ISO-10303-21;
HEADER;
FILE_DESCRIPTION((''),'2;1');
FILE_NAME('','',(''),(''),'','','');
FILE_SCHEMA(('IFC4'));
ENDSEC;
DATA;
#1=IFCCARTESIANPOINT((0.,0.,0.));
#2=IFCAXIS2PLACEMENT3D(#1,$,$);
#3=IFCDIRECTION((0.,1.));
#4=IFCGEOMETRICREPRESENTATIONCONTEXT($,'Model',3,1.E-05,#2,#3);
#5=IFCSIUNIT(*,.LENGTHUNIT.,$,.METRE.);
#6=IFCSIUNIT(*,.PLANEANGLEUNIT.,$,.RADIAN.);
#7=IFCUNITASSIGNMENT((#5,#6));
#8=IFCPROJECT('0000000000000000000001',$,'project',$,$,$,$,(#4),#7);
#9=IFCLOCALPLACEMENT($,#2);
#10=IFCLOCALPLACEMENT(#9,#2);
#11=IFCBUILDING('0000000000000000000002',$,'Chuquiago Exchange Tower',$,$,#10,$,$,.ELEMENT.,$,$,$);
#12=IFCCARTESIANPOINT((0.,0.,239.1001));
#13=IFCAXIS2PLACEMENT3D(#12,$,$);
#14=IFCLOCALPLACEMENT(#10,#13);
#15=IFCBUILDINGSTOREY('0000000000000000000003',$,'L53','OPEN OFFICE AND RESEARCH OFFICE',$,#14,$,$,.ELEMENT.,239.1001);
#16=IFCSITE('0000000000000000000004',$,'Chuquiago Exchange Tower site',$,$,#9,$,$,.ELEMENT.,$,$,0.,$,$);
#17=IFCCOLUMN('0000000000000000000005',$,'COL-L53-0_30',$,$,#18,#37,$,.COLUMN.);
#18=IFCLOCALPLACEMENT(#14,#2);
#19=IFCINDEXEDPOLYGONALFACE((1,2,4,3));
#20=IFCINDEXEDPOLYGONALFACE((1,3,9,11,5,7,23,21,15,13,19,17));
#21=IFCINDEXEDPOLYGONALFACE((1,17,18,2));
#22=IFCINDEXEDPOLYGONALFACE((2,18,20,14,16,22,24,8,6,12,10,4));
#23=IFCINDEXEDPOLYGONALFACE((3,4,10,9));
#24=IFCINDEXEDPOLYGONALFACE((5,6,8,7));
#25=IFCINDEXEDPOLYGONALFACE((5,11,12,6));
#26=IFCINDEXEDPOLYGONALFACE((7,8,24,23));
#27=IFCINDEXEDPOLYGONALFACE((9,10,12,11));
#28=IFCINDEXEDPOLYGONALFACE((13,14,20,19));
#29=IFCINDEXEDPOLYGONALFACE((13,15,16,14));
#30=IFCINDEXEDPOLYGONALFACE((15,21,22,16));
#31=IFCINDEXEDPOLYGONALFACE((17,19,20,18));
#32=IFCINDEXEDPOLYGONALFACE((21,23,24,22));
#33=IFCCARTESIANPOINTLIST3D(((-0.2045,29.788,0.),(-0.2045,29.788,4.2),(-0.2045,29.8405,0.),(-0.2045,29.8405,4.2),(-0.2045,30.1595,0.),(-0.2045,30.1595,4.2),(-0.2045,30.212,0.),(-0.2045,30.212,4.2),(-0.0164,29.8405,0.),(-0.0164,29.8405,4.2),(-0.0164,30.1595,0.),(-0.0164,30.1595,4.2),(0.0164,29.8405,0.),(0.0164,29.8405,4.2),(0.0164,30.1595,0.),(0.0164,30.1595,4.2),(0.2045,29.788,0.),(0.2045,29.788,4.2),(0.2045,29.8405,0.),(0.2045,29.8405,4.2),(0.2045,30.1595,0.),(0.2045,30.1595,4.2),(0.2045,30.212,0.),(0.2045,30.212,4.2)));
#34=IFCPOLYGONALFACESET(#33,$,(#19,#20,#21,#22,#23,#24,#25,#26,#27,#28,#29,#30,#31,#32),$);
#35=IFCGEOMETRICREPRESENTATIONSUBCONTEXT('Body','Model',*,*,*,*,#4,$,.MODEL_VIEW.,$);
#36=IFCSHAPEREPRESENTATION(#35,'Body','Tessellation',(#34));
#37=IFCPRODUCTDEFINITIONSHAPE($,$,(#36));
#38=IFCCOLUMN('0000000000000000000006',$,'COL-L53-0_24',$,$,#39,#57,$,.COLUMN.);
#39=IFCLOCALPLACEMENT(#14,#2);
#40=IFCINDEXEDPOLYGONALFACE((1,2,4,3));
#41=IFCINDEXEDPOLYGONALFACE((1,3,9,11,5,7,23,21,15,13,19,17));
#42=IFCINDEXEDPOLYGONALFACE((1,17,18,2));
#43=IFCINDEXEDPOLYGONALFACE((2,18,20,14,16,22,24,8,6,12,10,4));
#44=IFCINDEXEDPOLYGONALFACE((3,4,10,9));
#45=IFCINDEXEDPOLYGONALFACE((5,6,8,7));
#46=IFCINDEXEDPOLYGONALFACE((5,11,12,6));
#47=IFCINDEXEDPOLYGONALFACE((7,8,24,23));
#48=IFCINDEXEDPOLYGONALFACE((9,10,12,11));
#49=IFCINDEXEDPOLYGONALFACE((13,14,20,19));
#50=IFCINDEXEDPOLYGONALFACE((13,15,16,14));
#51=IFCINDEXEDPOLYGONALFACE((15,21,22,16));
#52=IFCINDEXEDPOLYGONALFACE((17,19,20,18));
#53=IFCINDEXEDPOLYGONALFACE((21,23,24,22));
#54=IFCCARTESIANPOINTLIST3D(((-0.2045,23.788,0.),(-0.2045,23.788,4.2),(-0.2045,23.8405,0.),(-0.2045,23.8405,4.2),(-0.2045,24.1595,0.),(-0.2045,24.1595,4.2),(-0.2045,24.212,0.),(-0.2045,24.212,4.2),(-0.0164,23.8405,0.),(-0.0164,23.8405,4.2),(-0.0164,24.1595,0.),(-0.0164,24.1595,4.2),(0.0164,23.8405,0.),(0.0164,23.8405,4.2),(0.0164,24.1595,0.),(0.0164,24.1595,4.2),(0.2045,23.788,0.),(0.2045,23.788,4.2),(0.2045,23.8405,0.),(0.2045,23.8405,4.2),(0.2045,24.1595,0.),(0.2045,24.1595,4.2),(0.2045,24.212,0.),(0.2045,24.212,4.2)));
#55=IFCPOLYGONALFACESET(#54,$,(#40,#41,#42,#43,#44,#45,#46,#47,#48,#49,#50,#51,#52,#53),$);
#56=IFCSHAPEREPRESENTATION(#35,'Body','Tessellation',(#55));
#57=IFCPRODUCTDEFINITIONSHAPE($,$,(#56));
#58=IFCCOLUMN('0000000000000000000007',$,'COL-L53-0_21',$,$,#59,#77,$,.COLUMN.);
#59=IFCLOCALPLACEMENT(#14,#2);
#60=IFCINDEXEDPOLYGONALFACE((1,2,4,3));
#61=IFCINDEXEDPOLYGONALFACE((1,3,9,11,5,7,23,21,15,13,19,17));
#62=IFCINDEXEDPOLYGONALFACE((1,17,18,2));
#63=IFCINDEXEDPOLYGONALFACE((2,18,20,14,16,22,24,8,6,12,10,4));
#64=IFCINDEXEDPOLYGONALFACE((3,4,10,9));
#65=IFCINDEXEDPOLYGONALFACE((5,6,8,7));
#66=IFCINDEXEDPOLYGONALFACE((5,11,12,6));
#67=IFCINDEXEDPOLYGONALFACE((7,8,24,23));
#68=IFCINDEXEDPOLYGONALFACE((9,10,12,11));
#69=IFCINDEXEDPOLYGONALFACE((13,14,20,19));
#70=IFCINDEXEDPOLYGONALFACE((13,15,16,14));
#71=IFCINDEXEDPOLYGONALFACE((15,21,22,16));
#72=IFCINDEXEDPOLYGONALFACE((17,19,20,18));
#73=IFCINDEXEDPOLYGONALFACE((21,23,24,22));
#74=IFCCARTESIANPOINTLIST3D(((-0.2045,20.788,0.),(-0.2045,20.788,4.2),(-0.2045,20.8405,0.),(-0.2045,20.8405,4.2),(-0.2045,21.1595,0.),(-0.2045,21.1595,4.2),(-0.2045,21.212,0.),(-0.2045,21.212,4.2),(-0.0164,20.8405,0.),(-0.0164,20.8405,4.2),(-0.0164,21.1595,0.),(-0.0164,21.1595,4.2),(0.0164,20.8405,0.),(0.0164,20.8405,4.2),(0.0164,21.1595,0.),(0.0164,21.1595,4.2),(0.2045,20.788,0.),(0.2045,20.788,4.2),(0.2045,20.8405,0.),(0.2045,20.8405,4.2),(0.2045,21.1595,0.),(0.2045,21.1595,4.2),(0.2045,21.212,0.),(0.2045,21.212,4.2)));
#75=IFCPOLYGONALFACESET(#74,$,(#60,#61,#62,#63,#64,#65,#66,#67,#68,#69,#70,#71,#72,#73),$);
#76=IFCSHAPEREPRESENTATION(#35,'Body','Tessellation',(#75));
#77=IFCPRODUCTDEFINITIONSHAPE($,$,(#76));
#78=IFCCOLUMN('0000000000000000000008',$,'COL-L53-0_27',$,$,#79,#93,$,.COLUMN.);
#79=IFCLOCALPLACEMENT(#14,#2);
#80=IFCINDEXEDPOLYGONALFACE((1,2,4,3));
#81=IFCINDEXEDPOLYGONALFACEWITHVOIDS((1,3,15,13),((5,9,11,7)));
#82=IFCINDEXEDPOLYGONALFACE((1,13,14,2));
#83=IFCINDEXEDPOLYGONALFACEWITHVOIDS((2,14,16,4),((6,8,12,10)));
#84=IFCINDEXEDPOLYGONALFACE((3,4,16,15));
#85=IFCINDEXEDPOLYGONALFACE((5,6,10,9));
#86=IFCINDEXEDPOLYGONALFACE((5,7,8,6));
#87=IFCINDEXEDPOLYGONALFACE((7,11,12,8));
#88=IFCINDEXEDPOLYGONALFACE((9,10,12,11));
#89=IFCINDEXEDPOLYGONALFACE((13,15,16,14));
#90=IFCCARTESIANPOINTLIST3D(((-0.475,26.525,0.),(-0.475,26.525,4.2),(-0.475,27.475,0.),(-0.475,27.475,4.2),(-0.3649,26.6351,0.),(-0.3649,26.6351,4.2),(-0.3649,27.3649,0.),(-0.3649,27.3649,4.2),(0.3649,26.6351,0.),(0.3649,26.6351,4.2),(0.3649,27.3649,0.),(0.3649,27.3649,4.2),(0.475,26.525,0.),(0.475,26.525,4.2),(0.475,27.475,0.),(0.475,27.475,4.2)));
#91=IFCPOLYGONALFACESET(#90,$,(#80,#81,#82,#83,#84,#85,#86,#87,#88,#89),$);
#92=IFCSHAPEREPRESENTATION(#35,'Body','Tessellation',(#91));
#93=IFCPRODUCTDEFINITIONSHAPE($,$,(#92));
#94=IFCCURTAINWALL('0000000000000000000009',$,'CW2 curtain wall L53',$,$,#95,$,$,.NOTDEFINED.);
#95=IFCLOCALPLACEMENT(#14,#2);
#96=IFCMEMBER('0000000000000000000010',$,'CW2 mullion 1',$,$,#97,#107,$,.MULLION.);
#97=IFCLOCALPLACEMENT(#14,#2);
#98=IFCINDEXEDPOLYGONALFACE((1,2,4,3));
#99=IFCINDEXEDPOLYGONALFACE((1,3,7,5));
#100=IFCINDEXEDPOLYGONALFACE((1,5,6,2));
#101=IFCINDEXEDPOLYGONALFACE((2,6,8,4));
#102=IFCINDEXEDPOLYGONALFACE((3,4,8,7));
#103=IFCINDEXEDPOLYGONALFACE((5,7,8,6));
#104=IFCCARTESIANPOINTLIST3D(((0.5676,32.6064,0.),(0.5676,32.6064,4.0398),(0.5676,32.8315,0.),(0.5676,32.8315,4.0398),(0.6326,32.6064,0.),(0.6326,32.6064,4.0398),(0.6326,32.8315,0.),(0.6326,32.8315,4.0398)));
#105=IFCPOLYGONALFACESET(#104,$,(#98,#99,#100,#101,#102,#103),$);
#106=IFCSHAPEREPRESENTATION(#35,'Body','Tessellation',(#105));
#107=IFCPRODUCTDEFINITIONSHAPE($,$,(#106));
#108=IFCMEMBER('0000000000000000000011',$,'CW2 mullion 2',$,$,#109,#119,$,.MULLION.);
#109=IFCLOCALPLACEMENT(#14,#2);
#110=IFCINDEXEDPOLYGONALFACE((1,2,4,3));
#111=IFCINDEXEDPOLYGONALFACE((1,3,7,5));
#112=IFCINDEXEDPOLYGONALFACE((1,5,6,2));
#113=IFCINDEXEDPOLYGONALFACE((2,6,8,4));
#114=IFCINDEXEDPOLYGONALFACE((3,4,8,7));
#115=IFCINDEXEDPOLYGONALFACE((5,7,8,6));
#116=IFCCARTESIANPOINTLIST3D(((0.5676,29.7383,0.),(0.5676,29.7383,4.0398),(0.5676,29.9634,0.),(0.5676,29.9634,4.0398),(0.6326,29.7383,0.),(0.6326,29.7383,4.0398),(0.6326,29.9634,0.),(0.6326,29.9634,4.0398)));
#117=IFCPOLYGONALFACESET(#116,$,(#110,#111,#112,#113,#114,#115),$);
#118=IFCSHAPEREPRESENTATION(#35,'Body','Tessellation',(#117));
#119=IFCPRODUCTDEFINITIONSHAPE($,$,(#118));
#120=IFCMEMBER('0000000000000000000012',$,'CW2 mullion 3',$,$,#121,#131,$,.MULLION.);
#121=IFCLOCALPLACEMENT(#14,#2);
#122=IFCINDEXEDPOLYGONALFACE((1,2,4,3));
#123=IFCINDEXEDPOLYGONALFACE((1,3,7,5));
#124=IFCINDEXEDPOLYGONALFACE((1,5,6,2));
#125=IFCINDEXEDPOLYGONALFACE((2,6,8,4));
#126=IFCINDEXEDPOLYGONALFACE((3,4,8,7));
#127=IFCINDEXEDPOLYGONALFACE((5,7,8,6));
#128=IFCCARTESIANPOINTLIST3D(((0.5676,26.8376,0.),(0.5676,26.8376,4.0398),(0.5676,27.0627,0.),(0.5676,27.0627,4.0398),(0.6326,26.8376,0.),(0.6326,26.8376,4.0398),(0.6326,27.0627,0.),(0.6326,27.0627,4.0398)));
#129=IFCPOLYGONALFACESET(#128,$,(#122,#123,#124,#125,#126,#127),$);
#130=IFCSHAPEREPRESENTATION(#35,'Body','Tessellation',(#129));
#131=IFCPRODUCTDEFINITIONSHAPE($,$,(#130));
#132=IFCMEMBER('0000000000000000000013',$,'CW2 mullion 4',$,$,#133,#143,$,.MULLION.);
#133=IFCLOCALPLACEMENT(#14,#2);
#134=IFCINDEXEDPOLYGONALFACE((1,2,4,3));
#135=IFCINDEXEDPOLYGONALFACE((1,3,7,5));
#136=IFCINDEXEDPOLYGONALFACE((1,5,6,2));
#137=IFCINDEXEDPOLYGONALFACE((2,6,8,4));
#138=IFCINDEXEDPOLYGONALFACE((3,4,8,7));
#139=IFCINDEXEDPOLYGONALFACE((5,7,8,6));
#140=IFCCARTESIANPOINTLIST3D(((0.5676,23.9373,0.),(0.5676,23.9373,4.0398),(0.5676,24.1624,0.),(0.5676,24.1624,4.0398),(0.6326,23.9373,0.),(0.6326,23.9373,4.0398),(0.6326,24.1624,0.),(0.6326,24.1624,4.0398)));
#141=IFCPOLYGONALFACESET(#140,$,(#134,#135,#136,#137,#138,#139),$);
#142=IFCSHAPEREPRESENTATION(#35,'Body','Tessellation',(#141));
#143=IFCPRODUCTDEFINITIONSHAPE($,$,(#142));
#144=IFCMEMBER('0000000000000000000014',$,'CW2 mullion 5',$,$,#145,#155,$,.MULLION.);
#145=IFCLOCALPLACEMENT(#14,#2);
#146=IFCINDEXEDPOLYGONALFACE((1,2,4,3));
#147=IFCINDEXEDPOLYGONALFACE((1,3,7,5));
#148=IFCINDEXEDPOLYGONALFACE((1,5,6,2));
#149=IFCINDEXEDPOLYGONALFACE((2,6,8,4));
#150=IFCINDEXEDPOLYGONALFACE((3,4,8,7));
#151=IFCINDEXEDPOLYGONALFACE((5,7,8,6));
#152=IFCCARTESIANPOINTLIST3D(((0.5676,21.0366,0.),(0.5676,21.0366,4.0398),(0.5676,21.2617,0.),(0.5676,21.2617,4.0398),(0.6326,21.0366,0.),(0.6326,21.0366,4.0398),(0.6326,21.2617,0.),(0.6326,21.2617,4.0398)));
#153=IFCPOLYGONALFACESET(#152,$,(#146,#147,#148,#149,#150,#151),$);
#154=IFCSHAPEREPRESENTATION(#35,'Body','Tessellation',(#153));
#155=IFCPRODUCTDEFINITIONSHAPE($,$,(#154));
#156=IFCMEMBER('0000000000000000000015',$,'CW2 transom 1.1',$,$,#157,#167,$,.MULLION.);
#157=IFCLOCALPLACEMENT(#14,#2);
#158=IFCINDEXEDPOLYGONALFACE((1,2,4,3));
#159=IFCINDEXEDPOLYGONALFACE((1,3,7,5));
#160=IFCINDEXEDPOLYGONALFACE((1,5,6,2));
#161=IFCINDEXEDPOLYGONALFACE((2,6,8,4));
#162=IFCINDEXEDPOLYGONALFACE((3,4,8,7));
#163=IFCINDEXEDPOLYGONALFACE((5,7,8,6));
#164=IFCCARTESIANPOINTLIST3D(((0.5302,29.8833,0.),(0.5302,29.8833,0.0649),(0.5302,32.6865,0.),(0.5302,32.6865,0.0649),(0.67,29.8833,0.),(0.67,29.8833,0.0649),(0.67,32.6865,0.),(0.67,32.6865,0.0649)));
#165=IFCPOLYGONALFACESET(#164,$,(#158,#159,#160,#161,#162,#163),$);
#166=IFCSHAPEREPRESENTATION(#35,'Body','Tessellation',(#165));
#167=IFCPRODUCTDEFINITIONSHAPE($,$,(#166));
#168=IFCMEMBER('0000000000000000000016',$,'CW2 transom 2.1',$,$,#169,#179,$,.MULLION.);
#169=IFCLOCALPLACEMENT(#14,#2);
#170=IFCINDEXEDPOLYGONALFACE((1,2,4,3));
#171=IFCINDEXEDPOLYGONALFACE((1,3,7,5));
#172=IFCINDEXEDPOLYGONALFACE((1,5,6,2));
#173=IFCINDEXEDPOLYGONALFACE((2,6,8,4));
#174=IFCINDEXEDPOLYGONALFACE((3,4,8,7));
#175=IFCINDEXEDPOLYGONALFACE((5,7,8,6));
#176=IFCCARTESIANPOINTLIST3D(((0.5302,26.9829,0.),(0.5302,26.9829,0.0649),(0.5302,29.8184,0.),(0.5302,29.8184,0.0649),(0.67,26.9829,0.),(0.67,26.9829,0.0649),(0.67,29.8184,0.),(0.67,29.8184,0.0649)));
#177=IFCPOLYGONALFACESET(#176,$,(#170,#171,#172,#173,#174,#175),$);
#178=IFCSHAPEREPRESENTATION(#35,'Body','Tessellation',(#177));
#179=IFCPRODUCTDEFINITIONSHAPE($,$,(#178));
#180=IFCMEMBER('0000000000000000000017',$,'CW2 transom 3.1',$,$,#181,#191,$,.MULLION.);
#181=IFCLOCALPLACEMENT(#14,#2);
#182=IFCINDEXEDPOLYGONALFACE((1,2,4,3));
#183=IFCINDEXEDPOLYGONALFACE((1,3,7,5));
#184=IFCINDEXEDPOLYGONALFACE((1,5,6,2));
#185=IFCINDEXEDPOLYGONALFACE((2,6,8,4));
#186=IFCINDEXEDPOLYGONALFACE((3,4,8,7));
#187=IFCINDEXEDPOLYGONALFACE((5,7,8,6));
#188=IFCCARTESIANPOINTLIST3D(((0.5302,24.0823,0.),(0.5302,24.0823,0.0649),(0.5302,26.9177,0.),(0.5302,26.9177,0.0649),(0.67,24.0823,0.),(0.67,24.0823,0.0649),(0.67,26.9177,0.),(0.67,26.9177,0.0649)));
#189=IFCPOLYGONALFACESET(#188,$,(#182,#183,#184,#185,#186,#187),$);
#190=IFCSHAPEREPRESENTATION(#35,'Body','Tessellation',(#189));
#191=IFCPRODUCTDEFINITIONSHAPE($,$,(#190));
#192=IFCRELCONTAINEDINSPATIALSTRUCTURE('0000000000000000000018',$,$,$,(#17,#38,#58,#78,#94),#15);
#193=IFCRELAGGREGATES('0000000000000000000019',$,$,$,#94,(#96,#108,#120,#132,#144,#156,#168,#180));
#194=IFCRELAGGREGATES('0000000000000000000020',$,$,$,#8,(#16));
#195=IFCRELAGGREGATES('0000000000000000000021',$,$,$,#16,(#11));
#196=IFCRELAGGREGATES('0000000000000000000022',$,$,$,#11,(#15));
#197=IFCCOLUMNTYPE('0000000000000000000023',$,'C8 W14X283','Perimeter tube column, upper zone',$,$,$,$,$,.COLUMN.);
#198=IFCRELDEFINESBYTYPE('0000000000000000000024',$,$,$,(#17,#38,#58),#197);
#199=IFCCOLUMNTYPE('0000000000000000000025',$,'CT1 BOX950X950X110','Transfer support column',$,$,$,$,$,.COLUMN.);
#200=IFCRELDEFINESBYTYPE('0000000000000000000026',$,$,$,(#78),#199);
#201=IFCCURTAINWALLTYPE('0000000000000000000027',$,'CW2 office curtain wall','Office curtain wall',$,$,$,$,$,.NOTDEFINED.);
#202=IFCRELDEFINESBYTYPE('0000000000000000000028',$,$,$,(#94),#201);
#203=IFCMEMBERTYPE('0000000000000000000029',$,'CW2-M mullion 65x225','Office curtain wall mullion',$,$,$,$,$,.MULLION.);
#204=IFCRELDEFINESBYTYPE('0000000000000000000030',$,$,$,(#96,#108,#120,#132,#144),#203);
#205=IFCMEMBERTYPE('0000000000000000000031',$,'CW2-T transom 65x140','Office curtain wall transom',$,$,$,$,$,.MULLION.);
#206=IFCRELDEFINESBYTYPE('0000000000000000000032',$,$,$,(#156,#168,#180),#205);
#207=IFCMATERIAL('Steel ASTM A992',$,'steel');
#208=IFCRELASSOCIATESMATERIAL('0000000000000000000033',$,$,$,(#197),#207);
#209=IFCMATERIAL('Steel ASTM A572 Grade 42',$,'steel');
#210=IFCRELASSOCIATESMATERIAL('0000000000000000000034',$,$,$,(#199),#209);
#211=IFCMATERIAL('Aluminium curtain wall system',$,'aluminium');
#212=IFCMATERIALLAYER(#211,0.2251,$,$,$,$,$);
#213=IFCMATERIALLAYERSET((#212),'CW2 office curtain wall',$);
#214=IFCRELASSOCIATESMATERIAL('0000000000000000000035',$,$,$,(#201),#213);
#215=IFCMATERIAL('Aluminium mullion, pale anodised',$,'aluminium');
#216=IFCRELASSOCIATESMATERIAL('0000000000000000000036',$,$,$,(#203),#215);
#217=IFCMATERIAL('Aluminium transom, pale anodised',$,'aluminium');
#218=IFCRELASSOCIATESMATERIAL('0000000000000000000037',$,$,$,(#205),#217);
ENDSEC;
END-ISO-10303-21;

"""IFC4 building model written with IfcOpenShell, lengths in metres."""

from ifc_helpers import new_model, si_unit, direction, frame, origin, origin_2d, place, context, subcontext, project, spatial, rectangle, hollow_rectangle, i_section, extrude, material, layer, layer_set, material_profile, profile_set, type_object, element, aggregate, save


model = new_model("IFC4")

# Units and contexts
model_context = context("Model", 3, precision=1e-05, world=origin(), true_north=direction((0.0, 1.0)))
body_context = subcontext(model_context, "Body", "Model", "MODEL_VIEW")
ifc_project = project(units=[si_unit("LENGTHUNIT", "METRE"), si_unit("PLANEANGLEUNIT", "RADIAN")], contexts=[model_context])

# Site, building, storey
site_placement = place(None, origin())
site = spatial("IfcSite", under=ifc_project, at=site_placement, Name="Chuquiago Exchange Tower site", CompositionType="ELEMENT", RefElevation=0.0)
building_placement = place(site_placement, origin())
building = spatial("IfcBuilding", under=site, at=building_placement, Name="Chuquiago Exchange Tower", CompositionType="ELEMENT")
storey_placement = place(building_placement, frame((0.0, 0.0, 239.1001)))
storey = spatial("IfcBuildingStorey", under=building, at=storey_placement, Name="L53", Description="OPEN OFFICE AND RESEARCH OFFICE", CompositionType="ELEMENT", Elevation=239.1001)

# Columns
ifc_material_1 = material(Name="Steel ASTM A992", Category="steel")
ifc_material_profile_1 = material_profile(ifc_material_1, i_section(OverallWidth=0.4089, OverallDepth=0.4241, WebThickness=0.0327, FlangeThickness=0.0525, at=origin_2d()), Name="W14X283")
ifc_profile_set_1 = profile_set([ifc_material_profile_1], Name="Steel ASTM A992")
column_type_1 = type_object("IfcColumnType", Name="C8 W14X283", Description="Perimeter tube column, upper zone", PredefinedType="COLUMN", material=ifc_profile_set_1)
for number, where, z_axis, x_axis, name in (
    (1, (0.0, 30.0, 0.0), (0.0, 0.0, 1.0), (-1.0, 0.0, 0.0), "COL-L53-0_30"),
    (2, (0.0, 24.0, 0.0), (0.0, 0.0, 1.0), (-1.0, 0.0, 0.0), "COL-L53-0_24"),
    (3, (0.0, 21.0, 0.0), (0.0, 0.0, 1.0), (-1.0, 0.0, 0.0), "COL-L53-0_21"),
):
    element("IfcColumn", number, at=place(storey_placement, frame(where, z_axis=z_axis, x_axis=x_axis)), inside=storey, type_object=column_type_1, Name=name, PredefinedType="COLUMN", context=body_context, shape_type="SweptSolid", body=[
        extrude(i_section(OverallWidth=0.4089, OverallDepth=0.4241, WebThickness=0.0327, FlangeThickness=0.0525, at=origin_2d()), origin(), (0.0, 0.0, 1.0), 4.2),
    ])
ifc_material_2 = material(Name="Steel ASTM A572 Grade 42", Category="steel")
ifc_material_profile_2 = material_profile(ifc_material_2, hollow_rectangle(XDim=0.95, YDim=0.95, WallThickness=0.1101, at=origin_2d()), Name="BOX950X950X110")
ifc_profile_set_2 = profile_set([ifc_material_profile_2], Name="Steel ASTM A572 Grade 42")
column_type_2 = type_object("IfcColumnType", Name="CT1 BOX950X950X110", Description="Transfer support column", PredefinedType="COLUMN", material=ifc_profile_set_2)
column_placement = place(storey_placement, frame((0.0, 27.0, 0.0), z_axis=(0.0, 0.0, 1.0), x_axis=(-1.0, 0.0, 0.0)))
element("IfcColumn", 4, at=column_placement, inside=storey, type_object=column_type_2, Name="COL-L53-0_27", PredefinedType="COLUMN", context=body_context, shape_type="SweptSolid", body=[
    extrude(hollow_rectangle(XDim=0.95, YDim=0.95, WallThickness=0.1101, at=origin_2d()), origin(), (0.0, 0.0, 1.0), 4.2),
])

# Curtain wall, members
ifc_material_3 = material(Name="Aluminium curtain wall system", Category="aluminium")
ifc_layer_1 = layer(ifc_material_3, 0.2251)
ifc_layer_set_1 = layer_set([ifc_layer_1], Name="CW2 office curtain wall")
curtain_wall_type = type_object("IfcCurtainWallType", Name="CW2 office curtain wall", Description="Office curtain wall", PredefinedType="NOTDEFINED", material=ifc_layer_set_1)
curtain_wall_placement = place(storey_placement, origin())
curtain_wall = element("IfcCurtainWall", 5, at=curtain_wall_placement, inside=storey, type_object=curtain_wall_type, Name="CW2 curtain wall L53", PredefinedType="NOTDEFINED")
ifc_material_4 = material(Name="Aluminium mullion, pale anodised", Category="aluminium")
ifc_material_profile_3 = material_profile(ifc_material_4, rectangle(XDim=0.0649, YDim=0.2251, at=origin_2d()), Name="AL 65x225")
ifc_profile_set_3 = profile_set([ifc_material_profile_3], Name="Aluminium mullion, pale anodised")
member_type_1 = type_object("IfcMemberType", Name="CW2-M mullion 65x225", Description="Office curtain wall mullion", PredefinedType="MULLION", material=ifc_profile_set_3)
member_1_placement = place(storey_placement, frame((0.6001, 32.719, 0.0), z_axis=(0.0, 0.0, 1.0), x_axis=(1.0, 0.0, 0.0)))
member_1 = element("IfcMember", 6, at=member_1_placement, type_object=member_type_1, Name="CW2 mullion 1", PredefinedType="MULLION", context=body_context, shape_type="SweptSolid", body=[
    extrude(rectangle(XDim=0.0649, YDim=0.2251, at=origin_2d()), origin(), (0.0, 0.0, 1.0), 4.0398),
])
member_2_placement = place(storey_placement, frame((0.6001, 29.8508, 0.0), z_axis=(0.0, 0.0, 1.0), x_axis=(1.0, 0.0, 0.0)))
member_2 = element("IfcMember", 7, at=member_2_placement, type_object=member_type_1, Name="CW2 mullion 2", PredefinedType="MULLION", context=body_context, shape_type="SweptSolid", body=[
    extrude(rectangle(XDim=0.0649, YDim=0.2251, at=origin_2d()), origin(), (0.0, 0.0, 1.0), 4.0398),
])
member_3_placement = place(storey_placement, frame((0.6001, 26.9502, 0.0), z_axis=(0.0, 0.0, 1.0), x_axis=(1.0, 0.0, 0.0)))
member_3 = element("IfcMember", 8, at=member_3_placement, type_object=member_type_1, Name="CW2 mullion 3", PredefinedType="MULLION", context=body_context, shape_type="SweptSolid", body=[
    extrude(rectangle(XDim=0.0649, YDim=0.2251, at=origin_2d()), origin(), (0.0, 0.0, 1.0), 4.0398),
])
member_4_placement = place(storey_placement, frame((0.6001, 24.0498, 0.0), z_axis=(0.0, 0.0, 1.0), x_axis=(1.0, 0.0, 0.0)))
member_4 = element("IfcMember", 9, at=member_4_placement, type_object=member_type_1, Name="CW2 mullion 4", PredefinedType="MULLION", context=body_context, shape_type="SweptSolid", body=[
    extrude(rectangle(XDim=0.0649, YDim=0.2251, at=origin_2d()), origin(), (0.0, 0.0, 1.0), 4.0398),
])
member_5_placement = place(storey_placement, frame((0.6001, 21.1492, 0.0), z_axis=(0.0, 0.0, 1.0), x_axis=(1.0, 0.0, 0.0)))
member_5 = element("IfcMember", 10, at=member_5_placement, type_object=member_type_1, Name="CW2 mullion 5", PredefinedType="MULLION", context=body_context, shape_type="SweptSolid", body=[
    extrude(rectangle(XDim=0.0649, YDim=0.2251, at=origin_2d()), origin(), (0.0, 0.0, 1.0), 4.0398),
])
ifc_material_5 = material(Name="Aluminium transom, pale anodised", Category="aluminium")
ifc_material_profile_4 = material_profile(ifc_material_5, rectangle(XDim=0.1399, YDim=0.0649, at=origin_2d()), Name="AL 140x65")
ifc_profile_set_4 = profile_set([ifc_material_profile_4], Name="Aluminium transom, pale anodised")
member_type_2 = type_object("IfcMemberType", Name="CW2-T transom 65x140", Description="Office curtain wall transom", PredefinedType="MULLION", material=ifc_profile_set_4)
member_6_placement = place(storey_placement, frame((0.6001, 32.6865, 0.0325), z_axis=(0.0, -1.0, 0.0), x_axis=(1.0, 0.0, 0.0)))
member_6 = element("IfcMember", 11, at=member_6_placement, type_object=member_type_2, Name="CW2 transom 1.1", PredefinedType="MULLION", context=body_context, shape_type="SweptSolid", body=[
    extrude(rectangle(XDim=0.1399, YDim=0.0649, at=origin_2d()), origin(), (0.0, 0.0, 1.0), 2.8032),
])
member_7_placement = place(storey_placement, frame((0.6001, 29.8184, 0.0325), z_axis=(0.0, -1.0, 0.0), x_axis=(1.0, 0.0, 0.0)))
member_7 = element("IfcMember", 12, at=member_7_placement, type_object=member_type_2, Name="CW2 transom 2.1", PredefinedType="MULLION", context=body_context, shape_type="SweptSolid", body=[
    extrude(rectangle(XDim=0.1399, YDim=0.0649, at=origin_2d()), origin(), (0.0, 0.0, 1.0), 2.8354),
])
member_8_placement = place(storey_placement, frame((0.6001, 26.9177, 0.0325), z_axis=(0.0, -1.0, 0.0), x_axis=(1.0, 0.0, 0.0)))
member_8 = element("IfcMember", 13, at=member_8_placement, type_object=member_type_2, Name="CW2 transom 3.1", PredefinedType="MULLION", context=body_context, shape_type="SweptSolid", body=[
    extrude(rectangle(XDim=0.1399, YDim=0.0649, at=origin_2d()), origin(), (0.0, 0.0, 1.0), 2.8354),
])

aggregate(curtain_wall, [member_1, member_2, member_3, member_4, member_5, member_6, member_7, member_8])

save(model, "model.ifc")
